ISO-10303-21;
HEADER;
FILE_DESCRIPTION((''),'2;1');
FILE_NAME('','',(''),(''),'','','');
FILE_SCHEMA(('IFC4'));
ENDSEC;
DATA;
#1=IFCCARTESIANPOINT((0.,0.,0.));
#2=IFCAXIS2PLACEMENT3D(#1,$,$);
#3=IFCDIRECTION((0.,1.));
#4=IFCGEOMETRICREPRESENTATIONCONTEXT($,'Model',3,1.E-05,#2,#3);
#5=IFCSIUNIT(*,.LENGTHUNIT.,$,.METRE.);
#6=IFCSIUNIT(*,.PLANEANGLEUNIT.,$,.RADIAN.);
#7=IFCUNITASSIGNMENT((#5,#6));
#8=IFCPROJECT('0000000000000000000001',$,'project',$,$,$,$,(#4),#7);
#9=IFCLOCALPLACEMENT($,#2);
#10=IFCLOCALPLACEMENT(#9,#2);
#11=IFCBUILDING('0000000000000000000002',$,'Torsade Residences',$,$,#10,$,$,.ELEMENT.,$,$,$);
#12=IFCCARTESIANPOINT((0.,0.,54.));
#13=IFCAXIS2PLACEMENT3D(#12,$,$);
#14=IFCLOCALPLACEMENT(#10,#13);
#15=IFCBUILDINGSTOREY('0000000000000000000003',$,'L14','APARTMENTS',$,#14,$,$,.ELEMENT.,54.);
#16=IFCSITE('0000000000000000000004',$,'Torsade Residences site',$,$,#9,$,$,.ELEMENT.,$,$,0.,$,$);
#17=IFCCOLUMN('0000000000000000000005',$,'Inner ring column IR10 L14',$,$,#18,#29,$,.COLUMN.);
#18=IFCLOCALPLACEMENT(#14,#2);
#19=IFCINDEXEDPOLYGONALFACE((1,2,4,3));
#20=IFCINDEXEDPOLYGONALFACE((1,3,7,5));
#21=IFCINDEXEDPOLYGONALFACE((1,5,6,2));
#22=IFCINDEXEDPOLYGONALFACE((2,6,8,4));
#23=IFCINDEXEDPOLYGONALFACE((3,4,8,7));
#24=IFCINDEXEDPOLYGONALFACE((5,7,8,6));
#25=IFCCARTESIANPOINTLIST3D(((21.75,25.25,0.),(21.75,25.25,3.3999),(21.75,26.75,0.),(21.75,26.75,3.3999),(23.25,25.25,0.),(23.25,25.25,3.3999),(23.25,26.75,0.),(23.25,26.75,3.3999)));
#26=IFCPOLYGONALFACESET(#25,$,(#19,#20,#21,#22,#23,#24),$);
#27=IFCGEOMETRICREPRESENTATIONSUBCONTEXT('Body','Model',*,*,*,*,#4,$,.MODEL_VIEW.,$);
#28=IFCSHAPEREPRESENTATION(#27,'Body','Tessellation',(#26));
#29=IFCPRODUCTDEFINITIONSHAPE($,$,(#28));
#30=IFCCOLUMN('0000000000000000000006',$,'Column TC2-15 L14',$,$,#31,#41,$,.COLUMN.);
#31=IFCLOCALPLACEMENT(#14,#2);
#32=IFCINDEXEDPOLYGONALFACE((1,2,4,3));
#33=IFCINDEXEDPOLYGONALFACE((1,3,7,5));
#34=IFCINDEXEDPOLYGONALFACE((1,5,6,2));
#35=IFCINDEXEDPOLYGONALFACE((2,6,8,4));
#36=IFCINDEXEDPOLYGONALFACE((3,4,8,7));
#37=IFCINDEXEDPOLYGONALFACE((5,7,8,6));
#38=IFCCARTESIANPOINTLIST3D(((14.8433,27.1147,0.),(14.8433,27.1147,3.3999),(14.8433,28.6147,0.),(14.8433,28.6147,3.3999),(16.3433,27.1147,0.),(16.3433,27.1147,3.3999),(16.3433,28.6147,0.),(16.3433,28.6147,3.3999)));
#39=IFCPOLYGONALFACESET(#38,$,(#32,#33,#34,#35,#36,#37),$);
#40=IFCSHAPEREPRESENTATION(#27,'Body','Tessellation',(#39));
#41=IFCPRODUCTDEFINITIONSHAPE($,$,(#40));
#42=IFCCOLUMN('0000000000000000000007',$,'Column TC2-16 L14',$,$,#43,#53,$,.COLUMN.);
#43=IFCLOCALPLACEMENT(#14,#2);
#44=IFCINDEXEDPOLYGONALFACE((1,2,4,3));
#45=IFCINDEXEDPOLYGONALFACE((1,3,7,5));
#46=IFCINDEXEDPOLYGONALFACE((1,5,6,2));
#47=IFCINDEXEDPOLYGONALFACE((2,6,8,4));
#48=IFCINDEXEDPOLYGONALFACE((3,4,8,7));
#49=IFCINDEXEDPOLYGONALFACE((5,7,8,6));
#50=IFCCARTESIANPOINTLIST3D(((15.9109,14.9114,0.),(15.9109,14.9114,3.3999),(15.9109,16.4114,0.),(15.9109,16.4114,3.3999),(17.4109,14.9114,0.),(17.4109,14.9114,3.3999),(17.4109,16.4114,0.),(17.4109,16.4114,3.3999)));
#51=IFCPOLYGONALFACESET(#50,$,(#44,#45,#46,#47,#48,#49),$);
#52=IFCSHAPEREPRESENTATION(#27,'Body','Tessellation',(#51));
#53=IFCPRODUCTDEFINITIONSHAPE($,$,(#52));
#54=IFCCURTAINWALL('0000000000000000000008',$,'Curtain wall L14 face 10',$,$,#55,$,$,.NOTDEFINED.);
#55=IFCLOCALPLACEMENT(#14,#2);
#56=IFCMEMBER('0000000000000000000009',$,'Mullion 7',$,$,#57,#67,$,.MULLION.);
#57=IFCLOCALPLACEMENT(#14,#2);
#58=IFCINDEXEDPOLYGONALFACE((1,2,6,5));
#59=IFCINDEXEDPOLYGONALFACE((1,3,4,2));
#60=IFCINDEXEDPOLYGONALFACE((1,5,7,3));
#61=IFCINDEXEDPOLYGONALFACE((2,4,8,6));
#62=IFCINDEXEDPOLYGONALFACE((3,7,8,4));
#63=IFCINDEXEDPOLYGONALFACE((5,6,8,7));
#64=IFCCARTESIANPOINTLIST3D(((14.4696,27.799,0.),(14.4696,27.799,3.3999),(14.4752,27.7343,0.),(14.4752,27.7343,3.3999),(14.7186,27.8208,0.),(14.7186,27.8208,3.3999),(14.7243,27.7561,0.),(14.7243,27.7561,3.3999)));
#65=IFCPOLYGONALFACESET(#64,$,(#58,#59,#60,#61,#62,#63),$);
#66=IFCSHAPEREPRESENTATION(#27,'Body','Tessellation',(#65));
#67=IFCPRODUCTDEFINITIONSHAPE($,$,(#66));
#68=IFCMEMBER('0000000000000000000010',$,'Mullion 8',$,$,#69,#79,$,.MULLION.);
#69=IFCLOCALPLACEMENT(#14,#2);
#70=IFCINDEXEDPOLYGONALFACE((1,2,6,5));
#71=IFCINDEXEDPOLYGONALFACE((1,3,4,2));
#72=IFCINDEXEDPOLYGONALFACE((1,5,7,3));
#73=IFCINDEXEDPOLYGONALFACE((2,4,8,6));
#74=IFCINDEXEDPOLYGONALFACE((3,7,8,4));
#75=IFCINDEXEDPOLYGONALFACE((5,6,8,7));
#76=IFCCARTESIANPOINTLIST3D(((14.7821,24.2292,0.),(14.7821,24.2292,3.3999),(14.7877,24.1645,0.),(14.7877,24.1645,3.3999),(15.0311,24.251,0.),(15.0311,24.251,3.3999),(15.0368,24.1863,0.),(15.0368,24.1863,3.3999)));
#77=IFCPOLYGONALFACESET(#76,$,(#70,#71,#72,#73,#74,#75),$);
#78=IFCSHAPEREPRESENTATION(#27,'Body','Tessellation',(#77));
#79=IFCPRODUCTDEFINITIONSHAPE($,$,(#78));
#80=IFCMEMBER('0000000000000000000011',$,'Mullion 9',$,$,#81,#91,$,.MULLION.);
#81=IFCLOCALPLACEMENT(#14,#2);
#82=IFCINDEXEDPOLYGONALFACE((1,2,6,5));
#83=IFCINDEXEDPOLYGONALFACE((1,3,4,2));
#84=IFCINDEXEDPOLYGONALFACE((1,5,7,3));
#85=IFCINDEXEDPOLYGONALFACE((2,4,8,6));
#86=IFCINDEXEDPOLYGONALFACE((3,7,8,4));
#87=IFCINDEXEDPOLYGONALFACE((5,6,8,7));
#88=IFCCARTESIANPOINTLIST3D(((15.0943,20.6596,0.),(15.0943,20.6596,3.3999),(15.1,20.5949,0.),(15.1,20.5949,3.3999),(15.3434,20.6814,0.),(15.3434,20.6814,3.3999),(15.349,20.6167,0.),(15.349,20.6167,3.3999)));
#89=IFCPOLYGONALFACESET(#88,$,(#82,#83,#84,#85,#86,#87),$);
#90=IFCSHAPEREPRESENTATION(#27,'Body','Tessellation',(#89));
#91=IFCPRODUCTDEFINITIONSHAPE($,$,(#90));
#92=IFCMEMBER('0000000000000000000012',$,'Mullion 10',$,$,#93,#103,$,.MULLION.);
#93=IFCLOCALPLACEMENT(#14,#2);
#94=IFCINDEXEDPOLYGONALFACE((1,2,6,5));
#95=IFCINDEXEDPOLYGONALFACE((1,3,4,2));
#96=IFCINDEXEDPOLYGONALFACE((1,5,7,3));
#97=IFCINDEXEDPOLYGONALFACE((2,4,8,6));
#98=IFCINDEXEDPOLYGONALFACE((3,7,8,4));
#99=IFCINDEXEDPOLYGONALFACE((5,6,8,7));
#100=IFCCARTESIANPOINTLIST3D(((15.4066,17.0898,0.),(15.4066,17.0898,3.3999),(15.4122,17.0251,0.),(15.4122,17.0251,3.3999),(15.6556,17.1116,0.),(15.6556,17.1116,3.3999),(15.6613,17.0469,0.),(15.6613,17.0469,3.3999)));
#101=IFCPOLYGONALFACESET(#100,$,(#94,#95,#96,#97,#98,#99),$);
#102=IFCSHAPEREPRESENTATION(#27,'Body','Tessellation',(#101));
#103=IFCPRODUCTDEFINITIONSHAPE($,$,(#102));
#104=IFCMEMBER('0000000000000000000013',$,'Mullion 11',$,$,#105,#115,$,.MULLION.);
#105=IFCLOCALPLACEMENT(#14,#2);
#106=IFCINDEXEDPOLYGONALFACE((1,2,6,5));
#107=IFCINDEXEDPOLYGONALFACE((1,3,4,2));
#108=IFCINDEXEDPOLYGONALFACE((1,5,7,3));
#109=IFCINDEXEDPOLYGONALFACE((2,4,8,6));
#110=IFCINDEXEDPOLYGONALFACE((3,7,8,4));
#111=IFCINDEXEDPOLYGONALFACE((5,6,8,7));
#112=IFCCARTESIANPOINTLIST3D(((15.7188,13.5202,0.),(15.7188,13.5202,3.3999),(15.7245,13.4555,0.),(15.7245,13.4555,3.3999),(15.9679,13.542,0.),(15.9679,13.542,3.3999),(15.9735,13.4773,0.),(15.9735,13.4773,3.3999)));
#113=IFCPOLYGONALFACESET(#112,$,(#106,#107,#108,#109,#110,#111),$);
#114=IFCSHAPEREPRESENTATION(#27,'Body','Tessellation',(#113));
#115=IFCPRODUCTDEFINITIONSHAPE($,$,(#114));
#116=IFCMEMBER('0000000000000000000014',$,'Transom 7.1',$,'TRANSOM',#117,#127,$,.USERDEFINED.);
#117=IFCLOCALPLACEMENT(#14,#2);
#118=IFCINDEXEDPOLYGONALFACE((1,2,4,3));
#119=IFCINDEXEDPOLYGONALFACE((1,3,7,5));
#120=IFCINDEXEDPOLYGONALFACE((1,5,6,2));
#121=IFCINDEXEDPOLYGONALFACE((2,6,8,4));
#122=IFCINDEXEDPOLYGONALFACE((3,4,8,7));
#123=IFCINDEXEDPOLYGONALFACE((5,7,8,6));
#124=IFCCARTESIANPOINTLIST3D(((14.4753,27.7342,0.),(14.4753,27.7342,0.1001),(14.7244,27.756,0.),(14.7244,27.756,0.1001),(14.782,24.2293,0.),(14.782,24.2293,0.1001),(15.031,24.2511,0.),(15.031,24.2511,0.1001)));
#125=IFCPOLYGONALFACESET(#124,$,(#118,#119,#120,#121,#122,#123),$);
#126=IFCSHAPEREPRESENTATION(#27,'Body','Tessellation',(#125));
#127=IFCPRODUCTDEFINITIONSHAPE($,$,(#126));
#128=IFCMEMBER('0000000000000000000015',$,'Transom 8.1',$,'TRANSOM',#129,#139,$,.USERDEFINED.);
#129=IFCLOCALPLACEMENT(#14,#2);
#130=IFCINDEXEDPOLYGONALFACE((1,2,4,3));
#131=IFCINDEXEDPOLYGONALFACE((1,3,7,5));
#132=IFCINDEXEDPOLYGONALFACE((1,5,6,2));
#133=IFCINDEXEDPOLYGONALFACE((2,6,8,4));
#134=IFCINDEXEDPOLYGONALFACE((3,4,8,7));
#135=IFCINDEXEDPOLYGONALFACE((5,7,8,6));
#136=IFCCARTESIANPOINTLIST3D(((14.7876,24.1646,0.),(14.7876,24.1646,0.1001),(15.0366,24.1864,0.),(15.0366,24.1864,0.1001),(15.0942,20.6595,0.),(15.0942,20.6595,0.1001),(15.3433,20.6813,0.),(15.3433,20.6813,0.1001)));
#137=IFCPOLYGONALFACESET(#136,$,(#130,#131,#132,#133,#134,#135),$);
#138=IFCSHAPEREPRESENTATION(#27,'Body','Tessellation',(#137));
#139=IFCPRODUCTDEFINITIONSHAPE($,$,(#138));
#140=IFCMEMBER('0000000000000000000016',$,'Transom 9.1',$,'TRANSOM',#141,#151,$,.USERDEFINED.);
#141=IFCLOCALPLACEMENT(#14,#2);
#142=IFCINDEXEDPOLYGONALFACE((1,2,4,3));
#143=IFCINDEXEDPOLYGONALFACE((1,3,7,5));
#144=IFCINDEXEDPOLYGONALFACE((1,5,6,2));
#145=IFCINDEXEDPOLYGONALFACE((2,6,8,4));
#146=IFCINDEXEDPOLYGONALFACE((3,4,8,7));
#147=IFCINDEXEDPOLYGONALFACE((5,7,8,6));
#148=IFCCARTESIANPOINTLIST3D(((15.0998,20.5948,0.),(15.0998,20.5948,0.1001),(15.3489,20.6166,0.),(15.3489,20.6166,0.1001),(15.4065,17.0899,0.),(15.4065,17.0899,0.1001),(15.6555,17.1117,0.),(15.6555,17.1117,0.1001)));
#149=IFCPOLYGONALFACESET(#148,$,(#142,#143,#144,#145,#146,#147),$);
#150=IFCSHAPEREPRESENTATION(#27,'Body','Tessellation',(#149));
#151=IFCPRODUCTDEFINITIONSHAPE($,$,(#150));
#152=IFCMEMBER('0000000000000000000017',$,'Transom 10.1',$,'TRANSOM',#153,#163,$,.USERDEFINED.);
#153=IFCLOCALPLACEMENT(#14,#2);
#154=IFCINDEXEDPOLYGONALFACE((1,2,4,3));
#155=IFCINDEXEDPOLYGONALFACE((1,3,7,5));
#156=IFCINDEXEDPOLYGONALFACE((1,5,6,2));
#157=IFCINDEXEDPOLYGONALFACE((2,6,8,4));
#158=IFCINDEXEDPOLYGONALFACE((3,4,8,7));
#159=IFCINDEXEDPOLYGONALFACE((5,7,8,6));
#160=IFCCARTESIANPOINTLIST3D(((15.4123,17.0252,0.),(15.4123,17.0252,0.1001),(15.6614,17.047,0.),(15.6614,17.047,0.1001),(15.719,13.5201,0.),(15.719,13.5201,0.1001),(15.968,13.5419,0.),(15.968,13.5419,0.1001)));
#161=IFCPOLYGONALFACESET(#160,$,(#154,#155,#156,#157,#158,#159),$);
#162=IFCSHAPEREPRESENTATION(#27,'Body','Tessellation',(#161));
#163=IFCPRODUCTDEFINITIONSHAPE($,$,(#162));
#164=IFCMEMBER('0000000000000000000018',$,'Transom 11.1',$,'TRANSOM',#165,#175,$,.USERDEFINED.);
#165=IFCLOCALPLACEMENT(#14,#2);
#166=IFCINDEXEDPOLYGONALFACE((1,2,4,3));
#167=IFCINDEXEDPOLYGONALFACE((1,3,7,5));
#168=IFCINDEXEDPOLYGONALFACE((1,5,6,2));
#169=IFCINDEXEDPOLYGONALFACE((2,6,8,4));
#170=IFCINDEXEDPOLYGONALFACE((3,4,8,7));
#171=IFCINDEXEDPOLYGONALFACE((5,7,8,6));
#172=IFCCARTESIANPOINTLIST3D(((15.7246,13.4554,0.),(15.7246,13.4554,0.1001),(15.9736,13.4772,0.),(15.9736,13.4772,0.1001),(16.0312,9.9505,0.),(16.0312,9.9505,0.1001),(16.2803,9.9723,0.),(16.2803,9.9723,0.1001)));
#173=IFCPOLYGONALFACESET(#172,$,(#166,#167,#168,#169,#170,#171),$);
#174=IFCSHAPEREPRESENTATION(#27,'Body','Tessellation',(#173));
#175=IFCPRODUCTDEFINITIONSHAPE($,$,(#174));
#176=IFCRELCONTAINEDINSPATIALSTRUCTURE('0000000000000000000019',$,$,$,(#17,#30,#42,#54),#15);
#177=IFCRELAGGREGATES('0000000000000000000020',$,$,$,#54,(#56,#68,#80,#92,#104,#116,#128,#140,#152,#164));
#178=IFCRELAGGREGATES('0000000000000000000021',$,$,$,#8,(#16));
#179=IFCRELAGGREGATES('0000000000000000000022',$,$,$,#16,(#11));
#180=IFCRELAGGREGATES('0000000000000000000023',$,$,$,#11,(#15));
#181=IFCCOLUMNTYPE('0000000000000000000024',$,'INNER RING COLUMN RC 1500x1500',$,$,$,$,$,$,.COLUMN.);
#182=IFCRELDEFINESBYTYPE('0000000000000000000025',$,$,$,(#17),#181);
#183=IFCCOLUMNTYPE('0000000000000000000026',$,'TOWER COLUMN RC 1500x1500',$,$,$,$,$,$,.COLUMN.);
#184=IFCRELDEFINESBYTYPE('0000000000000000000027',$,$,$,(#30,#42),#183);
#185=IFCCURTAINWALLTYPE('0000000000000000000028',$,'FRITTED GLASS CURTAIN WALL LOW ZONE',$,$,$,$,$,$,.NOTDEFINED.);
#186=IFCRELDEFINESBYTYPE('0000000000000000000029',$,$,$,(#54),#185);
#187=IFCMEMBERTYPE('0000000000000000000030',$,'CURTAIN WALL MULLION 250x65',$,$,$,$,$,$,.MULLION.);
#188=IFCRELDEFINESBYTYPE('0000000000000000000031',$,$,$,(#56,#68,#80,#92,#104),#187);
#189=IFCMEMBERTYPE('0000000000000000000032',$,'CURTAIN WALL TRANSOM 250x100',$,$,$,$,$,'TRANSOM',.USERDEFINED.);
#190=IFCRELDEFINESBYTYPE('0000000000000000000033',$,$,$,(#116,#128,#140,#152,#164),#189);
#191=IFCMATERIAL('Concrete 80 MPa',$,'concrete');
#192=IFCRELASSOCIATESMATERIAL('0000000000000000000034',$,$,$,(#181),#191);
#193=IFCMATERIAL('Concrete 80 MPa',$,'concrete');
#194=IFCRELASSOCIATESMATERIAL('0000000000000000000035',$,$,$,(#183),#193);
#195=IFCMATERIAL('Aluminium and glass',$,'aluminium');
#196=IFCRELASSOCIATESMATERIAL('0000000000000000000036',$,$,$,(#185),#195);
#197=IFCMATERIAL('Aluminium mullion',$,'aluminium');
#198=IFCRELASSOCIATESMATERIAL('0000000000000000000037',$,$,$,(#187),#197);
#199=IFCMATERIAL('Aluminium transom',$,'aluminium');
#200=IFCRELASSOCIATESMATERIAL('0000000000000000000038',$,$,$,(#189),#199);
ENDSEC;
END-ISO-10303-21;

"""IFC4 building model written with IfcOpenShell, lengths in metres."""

from ifc_helpers import new_model, si_unit, direction, frame, origin, origin_2d, place, context, subcontext, project, spatial, rectangle, extrude, material, material_profile, profile_set, type_object, element, aggregate, save


model = new_model("IFC4")

# Units and contexts
model_context = context("Model", 3, precision=1e-05, world=origin(), true_north=direction((0.0, 1.0)))
body_context = subcontext(model_context, "Body", "Model", "MODEL_VIEW")
ifc_project = project(units=[si_unit("LENGTHUNIT", "METRE"), si_unit("PLANEANGLEUNIT", "RADIAN")], contexts=[model_context])

# Site, building, storey
site_placement = place(None, origin())
site = spatial("IfcSite", under=ifc_project, at=site_placement, Name="Torsade Residences site", CompositionType="ELEMENT", RefElevation=0.0)
building_placement = place(site_placement, origin())
building = spatial("IfcBuilding", under=site, at=building_placement, Name="Torsade Residences", CompositionType="ELEMENT")
storey_placement = place(building_placement, frame((0.0, 0.0, 54.0)))
storey = spatial("IfcBuildingStorey", under=building, at=storey_placement, Name="L14", Description="APARTMENTS", CompositionType="ELEMENT", Elevation=54.0)

# Columns
ifc_material_1 = material(Name="Concrete 80 MPa", Category="concrete")
ifc_material_profile_1 = material_profile(ifc_material_1, rectangle(XDim=1.5, YDim=1.5, at=origin_2d()), Name="RC 1500x1500")
ifc_profile_set_1 = profile_set([ifc_material_profile_1], Name="Concrete 80 MPa")
column_type_1 = type_object("IfcColumnType", Name="INNER RING COLUMN RC 1500x1500", PredefinedType="COLUMN", material=ifc_profile_set_1)
column_placement = place(storey_placement, frame((22.5, 26.0, 0.0), z_axis=(0.0, 0.0, 1.0), x_axis=(1.0, 0.0, 0.0)))
element("IfcColumn", 1, at=column_placement, inside=storey, type_object=column_type_1, Name="Inner ring column IR10 L14", PredefinedType="COLUMN", context=body_context, shape_type="SweptSolid", body=[
    extrude(rectangle(XDim=1.5, YDim=1.5, at=origin_2d()), origin(), (0.0, 0.0, 1.0), 3.3999),
])
ifc_material_2 = material(Name="Concrete 80 MPa", Category="concrete")
ifc_material_profile_2 = material_profile(ifc_material_2, rectangle(XDim=1.5, YDim=1.5, at=origin_2d()), Name="RC 1500x1500")
ifc_profile_set_2 = profile_set([ifc_material_profile_2], Name="Concrete 80 MPa")
column_type_2 = type_object("IfcColumnType", Name="TOWER COLUMN RC 1500x1500", PredefinedType="COLUMN", material=ifc_profile_set_2)
for number, where, z_axis, x_axis, name in (
    (2, (15.5933, 27.8647, 0.0), (0.0, 0.0, 1.0), (1.0, 0.0, 0.0), "Column TC2-15 L14"),
    (3, (16.6609, 15.6614, 0.0), (0.0, 0.0, 1.0), (1.0, 0.0, 0.0), "Column TC2-16 L14"),
):
    element("IfcColumn", number, at=place(storey_placement, frame(where, z_axis=z_axis, x_axis=x_axis)), inside=storey, type_object=column_type_2, Name=name, PredefinedType="COLUMN", context=body_context, shape_type="SweptSolid", body=[
        extrude(rectangle(XDim=1.5, YDim=1.5, at=origin_2d()), origin(), (0.0, 0.0, 1.0), 3.3999),
    ])

# Curtain wall, members
ifc_material_3 = material(Name="Aluminium and glass", Category="aluminium")
curtain_wall_type = type_object("IfcCurtainWallType", Name="FRITTED GLASS CURTAIN WALL LOW ZONE", PredefinedType="NOTDEFINED", material=ifc_material_3)
curtain_wall_placement = place(storey_placement, origin())
curtain_wall = element("IfcCurtainWall", 4, at=curtain_wall_placement, inside=storey, type_object=curtain_wall_type, Name="Curtain wall L14 face 10", PredefinedType="NOTDEFINED")
ifc_material_4 = material(Name="Aluminium mullion", Category="aluminium")
ifc_material_profile_3 = material_profile(ifc_material_4, rectangle(XDim=0.25, YDim=0.0649, at=origin_2d()), Name="CURTAIN WALL MULLION 250x65")
ifc_profile_set_3 = profile_set([ifc_material_profile_3], Name="Aluminium mullion")
member_type_1 = type_object("IfcMemberType", Name="CURTAIN WALL MULLION 250x65", PredefinedType="MULLION", material=ifc_profile_set_3)
member_1_placement = place(storey_placement, frame((14.5969, 27.7776, 0.0), z_axis=(0.0, 0.0, 1.0), x_axis=(0.996195, 0.087156, 0.0)))
member_1 = element("IfcMember", 5, at=member_1_placement, type_object=member_type_1, Name="Mullion 7", PredefinedType="MULLION", context=body_context, shape_type="SweptSolid", body=[
    extrude(rectangle(XDim=0.25, YDim=0.0649, at=origin_2d()), origin(), (0.0, 0.0, 1.0), 3.3999),
])
member_2_placement = place(storey_placement, frame((14.9094, 24.2078, 0.0), z_axis=(0.0, 0.0, 1.0), x_axis=(0.996195, 0.087156, 0.0)))
member_2 = element("IfcMember", 6, at=member_2_placement, type_object=member_type_1, Name="Mullion 8", PredefinedType="MULLION", context=body_context, shape_type="SweptSolid", body=[
    extrude(rectangle(XDim=0.25, YDim=0.0649, at=origin_2d()), origin(), (0.0, 0.0, 1.0), 3.3999),
])
member_3_placement = place(storey_placement, frame((15.2217, 20.6382, 0.0), z_axis=(0.0, 0.0, 1.0), x_axis=(0.996195, 0.087156, 0.0)))
member_3 = element("IfcMember", 7, at=member_3_placement, type_object=member_type_1, Name="Mullion 9", PredefinedType="MULLION", context=body_context, shape_type="SweptSolid", body=[
    extrude(rectangle(XDim=0.25, YDim=0.0649, at=origin_2d()), origin(), (0.0, 0.0, 1.0), 3.3999),
])
member_4_placement = place(storey_placement, frame((15.5339, 17.0684, 0.0), z_axis=(0.0, 0.0, 1.0), x_axis=(0.996195, 0.087156, 0.0)))
member_4 = element("IfcMember", 8, at=member_4_placement, type_object=member_type_1, Name="Mullion 10", PredefinedType="MULLION", context=body_context, shape_type="SweptSolid", body=[
    extrude(rectangle(XDim=0.25, YDim=0.0649, at=origin_2d()), origin(), (0.0, 0.0, 1.0), 3.3999),
])
member_5_placement = place(storey_placement, frame((15.8462, 13.4988, 0.0), z_axis=(0.0, 0.0, 1.0), x_axis=(0.996195, 0.087156, 0.0)))
member_5 = element("IfcMember", 9, at=member_5_placement, type_object=member_type_1, Name="Mullion 11", PredefinedType="MULLION", context=body_context, shape_type="SweptSolid", body=[
    extrude(rectangle(XDim=0.25, YDim=0.0649, at=origin_2d()), origin(), (0.0, 0.0, 1.0), 3.3999),
])
ifc_material_5 = material(Name="Aluminium transom", Category="aluminium")
ifc_material_profile_4 = material_profile(ifc_material_5, rectangle(XDim=0.25, YDim=0.1001, at=origin_2d()), Name="CURTAIN WALL TRANSOM 250x100")
ifc_profile_set_4 = profile_set([ifc_material_profile_4], Name="Aluminium transom")
member_type_2 = type_object("IfcMemberType", Name="CURTAIN WALL TRANSOM 250x100", ElementType="TRANSOM", PredefinedType="USERDEFINED", material=ifc_profile_set_4)
member_6_placement = place(storey_placement, frame((14.5999, 27.7451, 0.05), z_axis=(0.087157, -0.996195, 0.0), x_axis=(0.996195, 0.087157, 0.0)))
member_6 = element("IfcMember", 10, at=member_6_placement, type_object=member_type_2, Name="Transom 7.1", ObjectType="TRANSOM", PredefinedType="USERDEFINED", context=body_context, shape_type="SweptSolid", body=[
    extrude(rectangle(XDim=0.25, YDim=0.1001, at=origin_2d()), origin(), (0.0, 0.0, 1.0), 3.5183),
])
member_7_placement = place(storey_placement, frame((14.9121, 24.1755, 0.05), z_axis=(0.087151, -0.996195, 0.0), x_axis=(0.996195, 0.087151, 0.0)))
member_7 = element("IfcMember", 11, at=member_7_placement, type_object=member_type_2, Name="Transom 8.1", ObjectType="TRANSOM", PredefinedType="USERDEFINED", context=body_context, shape_type="SweptSolid", body=[
    extrude(rectangle(XDim=0.25, YDim=0.1001, at=origin_2d()), origin(), (0.0, 0.0, 1.0), 3.5186),
])
member_8_placement = place(storey_placement, frame((15.2244, 20.6057, 0.05), z_axis=(0.087157, -0.996195, 0.0), x_axis=(0.996195, 0.087157, 0.0)))
member_8 = element("IfcMember", 12, at=member_8_placement, type_object=member_type_2, Name="Transom 9.1", ObjectType="TRANSOM", PredefinedType="USERDEFINED", context=body_context, shape_type="SweptSolid", body=[
    extrude(rectangle(XDim=0.25, YDim=0.1001, at=origin_2d()), origin(), (0.0, 0.0, 1.0), 3.5183),
])
member_9_placement = place(storey_placement, frame((15.5369, 17.0361, 0.05), z_axis=(0.087151, -0.996195, 0.0), x_axis=(0.996195, 0.087151, 0.0)))
member_9 = element("IfcMember", 13, at=member_9_placement, type_object=member_type_2, Name="Transom 10.1", ObjectType="TRANSOM", PredefinedType="USERDEFINED", context=body_context, shape_type="SweptSolid", body=[
    extrude(rectangle(XDim=0.25, YDim=0.1001, at=origin_2d()), origin(), (0.0, 0.0, 1.0), 3.5186),
])
member_10_placement = place(storey_placement, frame((15.8491, 13.4663, 0.05), z_axis=(0.087157, -0.996195, 0.0), x_axis=(0.996195, 0.087157, 0.0)))
member_10 = element("IfcMember", 14, at=member_10_placement, type_object=member_type_2, Name="Transom 11.1", ObjectType="TRANSOM", PredefinedType="USERDEFINED", context=body_context, shape_type="SweptSolid", body=[
    extrude(rectangle(XDim=0.25, YDim=0.1001, at=origin_2d()), origin(), (0.0, 0.0, 1.0), 3.5183),
])

aggregate(curtain_wall, [member_1, member_2, member_3, member_4, member_5, member_6, member_7, member_8, member_9, member_10])

save(model, "model.ifc")
